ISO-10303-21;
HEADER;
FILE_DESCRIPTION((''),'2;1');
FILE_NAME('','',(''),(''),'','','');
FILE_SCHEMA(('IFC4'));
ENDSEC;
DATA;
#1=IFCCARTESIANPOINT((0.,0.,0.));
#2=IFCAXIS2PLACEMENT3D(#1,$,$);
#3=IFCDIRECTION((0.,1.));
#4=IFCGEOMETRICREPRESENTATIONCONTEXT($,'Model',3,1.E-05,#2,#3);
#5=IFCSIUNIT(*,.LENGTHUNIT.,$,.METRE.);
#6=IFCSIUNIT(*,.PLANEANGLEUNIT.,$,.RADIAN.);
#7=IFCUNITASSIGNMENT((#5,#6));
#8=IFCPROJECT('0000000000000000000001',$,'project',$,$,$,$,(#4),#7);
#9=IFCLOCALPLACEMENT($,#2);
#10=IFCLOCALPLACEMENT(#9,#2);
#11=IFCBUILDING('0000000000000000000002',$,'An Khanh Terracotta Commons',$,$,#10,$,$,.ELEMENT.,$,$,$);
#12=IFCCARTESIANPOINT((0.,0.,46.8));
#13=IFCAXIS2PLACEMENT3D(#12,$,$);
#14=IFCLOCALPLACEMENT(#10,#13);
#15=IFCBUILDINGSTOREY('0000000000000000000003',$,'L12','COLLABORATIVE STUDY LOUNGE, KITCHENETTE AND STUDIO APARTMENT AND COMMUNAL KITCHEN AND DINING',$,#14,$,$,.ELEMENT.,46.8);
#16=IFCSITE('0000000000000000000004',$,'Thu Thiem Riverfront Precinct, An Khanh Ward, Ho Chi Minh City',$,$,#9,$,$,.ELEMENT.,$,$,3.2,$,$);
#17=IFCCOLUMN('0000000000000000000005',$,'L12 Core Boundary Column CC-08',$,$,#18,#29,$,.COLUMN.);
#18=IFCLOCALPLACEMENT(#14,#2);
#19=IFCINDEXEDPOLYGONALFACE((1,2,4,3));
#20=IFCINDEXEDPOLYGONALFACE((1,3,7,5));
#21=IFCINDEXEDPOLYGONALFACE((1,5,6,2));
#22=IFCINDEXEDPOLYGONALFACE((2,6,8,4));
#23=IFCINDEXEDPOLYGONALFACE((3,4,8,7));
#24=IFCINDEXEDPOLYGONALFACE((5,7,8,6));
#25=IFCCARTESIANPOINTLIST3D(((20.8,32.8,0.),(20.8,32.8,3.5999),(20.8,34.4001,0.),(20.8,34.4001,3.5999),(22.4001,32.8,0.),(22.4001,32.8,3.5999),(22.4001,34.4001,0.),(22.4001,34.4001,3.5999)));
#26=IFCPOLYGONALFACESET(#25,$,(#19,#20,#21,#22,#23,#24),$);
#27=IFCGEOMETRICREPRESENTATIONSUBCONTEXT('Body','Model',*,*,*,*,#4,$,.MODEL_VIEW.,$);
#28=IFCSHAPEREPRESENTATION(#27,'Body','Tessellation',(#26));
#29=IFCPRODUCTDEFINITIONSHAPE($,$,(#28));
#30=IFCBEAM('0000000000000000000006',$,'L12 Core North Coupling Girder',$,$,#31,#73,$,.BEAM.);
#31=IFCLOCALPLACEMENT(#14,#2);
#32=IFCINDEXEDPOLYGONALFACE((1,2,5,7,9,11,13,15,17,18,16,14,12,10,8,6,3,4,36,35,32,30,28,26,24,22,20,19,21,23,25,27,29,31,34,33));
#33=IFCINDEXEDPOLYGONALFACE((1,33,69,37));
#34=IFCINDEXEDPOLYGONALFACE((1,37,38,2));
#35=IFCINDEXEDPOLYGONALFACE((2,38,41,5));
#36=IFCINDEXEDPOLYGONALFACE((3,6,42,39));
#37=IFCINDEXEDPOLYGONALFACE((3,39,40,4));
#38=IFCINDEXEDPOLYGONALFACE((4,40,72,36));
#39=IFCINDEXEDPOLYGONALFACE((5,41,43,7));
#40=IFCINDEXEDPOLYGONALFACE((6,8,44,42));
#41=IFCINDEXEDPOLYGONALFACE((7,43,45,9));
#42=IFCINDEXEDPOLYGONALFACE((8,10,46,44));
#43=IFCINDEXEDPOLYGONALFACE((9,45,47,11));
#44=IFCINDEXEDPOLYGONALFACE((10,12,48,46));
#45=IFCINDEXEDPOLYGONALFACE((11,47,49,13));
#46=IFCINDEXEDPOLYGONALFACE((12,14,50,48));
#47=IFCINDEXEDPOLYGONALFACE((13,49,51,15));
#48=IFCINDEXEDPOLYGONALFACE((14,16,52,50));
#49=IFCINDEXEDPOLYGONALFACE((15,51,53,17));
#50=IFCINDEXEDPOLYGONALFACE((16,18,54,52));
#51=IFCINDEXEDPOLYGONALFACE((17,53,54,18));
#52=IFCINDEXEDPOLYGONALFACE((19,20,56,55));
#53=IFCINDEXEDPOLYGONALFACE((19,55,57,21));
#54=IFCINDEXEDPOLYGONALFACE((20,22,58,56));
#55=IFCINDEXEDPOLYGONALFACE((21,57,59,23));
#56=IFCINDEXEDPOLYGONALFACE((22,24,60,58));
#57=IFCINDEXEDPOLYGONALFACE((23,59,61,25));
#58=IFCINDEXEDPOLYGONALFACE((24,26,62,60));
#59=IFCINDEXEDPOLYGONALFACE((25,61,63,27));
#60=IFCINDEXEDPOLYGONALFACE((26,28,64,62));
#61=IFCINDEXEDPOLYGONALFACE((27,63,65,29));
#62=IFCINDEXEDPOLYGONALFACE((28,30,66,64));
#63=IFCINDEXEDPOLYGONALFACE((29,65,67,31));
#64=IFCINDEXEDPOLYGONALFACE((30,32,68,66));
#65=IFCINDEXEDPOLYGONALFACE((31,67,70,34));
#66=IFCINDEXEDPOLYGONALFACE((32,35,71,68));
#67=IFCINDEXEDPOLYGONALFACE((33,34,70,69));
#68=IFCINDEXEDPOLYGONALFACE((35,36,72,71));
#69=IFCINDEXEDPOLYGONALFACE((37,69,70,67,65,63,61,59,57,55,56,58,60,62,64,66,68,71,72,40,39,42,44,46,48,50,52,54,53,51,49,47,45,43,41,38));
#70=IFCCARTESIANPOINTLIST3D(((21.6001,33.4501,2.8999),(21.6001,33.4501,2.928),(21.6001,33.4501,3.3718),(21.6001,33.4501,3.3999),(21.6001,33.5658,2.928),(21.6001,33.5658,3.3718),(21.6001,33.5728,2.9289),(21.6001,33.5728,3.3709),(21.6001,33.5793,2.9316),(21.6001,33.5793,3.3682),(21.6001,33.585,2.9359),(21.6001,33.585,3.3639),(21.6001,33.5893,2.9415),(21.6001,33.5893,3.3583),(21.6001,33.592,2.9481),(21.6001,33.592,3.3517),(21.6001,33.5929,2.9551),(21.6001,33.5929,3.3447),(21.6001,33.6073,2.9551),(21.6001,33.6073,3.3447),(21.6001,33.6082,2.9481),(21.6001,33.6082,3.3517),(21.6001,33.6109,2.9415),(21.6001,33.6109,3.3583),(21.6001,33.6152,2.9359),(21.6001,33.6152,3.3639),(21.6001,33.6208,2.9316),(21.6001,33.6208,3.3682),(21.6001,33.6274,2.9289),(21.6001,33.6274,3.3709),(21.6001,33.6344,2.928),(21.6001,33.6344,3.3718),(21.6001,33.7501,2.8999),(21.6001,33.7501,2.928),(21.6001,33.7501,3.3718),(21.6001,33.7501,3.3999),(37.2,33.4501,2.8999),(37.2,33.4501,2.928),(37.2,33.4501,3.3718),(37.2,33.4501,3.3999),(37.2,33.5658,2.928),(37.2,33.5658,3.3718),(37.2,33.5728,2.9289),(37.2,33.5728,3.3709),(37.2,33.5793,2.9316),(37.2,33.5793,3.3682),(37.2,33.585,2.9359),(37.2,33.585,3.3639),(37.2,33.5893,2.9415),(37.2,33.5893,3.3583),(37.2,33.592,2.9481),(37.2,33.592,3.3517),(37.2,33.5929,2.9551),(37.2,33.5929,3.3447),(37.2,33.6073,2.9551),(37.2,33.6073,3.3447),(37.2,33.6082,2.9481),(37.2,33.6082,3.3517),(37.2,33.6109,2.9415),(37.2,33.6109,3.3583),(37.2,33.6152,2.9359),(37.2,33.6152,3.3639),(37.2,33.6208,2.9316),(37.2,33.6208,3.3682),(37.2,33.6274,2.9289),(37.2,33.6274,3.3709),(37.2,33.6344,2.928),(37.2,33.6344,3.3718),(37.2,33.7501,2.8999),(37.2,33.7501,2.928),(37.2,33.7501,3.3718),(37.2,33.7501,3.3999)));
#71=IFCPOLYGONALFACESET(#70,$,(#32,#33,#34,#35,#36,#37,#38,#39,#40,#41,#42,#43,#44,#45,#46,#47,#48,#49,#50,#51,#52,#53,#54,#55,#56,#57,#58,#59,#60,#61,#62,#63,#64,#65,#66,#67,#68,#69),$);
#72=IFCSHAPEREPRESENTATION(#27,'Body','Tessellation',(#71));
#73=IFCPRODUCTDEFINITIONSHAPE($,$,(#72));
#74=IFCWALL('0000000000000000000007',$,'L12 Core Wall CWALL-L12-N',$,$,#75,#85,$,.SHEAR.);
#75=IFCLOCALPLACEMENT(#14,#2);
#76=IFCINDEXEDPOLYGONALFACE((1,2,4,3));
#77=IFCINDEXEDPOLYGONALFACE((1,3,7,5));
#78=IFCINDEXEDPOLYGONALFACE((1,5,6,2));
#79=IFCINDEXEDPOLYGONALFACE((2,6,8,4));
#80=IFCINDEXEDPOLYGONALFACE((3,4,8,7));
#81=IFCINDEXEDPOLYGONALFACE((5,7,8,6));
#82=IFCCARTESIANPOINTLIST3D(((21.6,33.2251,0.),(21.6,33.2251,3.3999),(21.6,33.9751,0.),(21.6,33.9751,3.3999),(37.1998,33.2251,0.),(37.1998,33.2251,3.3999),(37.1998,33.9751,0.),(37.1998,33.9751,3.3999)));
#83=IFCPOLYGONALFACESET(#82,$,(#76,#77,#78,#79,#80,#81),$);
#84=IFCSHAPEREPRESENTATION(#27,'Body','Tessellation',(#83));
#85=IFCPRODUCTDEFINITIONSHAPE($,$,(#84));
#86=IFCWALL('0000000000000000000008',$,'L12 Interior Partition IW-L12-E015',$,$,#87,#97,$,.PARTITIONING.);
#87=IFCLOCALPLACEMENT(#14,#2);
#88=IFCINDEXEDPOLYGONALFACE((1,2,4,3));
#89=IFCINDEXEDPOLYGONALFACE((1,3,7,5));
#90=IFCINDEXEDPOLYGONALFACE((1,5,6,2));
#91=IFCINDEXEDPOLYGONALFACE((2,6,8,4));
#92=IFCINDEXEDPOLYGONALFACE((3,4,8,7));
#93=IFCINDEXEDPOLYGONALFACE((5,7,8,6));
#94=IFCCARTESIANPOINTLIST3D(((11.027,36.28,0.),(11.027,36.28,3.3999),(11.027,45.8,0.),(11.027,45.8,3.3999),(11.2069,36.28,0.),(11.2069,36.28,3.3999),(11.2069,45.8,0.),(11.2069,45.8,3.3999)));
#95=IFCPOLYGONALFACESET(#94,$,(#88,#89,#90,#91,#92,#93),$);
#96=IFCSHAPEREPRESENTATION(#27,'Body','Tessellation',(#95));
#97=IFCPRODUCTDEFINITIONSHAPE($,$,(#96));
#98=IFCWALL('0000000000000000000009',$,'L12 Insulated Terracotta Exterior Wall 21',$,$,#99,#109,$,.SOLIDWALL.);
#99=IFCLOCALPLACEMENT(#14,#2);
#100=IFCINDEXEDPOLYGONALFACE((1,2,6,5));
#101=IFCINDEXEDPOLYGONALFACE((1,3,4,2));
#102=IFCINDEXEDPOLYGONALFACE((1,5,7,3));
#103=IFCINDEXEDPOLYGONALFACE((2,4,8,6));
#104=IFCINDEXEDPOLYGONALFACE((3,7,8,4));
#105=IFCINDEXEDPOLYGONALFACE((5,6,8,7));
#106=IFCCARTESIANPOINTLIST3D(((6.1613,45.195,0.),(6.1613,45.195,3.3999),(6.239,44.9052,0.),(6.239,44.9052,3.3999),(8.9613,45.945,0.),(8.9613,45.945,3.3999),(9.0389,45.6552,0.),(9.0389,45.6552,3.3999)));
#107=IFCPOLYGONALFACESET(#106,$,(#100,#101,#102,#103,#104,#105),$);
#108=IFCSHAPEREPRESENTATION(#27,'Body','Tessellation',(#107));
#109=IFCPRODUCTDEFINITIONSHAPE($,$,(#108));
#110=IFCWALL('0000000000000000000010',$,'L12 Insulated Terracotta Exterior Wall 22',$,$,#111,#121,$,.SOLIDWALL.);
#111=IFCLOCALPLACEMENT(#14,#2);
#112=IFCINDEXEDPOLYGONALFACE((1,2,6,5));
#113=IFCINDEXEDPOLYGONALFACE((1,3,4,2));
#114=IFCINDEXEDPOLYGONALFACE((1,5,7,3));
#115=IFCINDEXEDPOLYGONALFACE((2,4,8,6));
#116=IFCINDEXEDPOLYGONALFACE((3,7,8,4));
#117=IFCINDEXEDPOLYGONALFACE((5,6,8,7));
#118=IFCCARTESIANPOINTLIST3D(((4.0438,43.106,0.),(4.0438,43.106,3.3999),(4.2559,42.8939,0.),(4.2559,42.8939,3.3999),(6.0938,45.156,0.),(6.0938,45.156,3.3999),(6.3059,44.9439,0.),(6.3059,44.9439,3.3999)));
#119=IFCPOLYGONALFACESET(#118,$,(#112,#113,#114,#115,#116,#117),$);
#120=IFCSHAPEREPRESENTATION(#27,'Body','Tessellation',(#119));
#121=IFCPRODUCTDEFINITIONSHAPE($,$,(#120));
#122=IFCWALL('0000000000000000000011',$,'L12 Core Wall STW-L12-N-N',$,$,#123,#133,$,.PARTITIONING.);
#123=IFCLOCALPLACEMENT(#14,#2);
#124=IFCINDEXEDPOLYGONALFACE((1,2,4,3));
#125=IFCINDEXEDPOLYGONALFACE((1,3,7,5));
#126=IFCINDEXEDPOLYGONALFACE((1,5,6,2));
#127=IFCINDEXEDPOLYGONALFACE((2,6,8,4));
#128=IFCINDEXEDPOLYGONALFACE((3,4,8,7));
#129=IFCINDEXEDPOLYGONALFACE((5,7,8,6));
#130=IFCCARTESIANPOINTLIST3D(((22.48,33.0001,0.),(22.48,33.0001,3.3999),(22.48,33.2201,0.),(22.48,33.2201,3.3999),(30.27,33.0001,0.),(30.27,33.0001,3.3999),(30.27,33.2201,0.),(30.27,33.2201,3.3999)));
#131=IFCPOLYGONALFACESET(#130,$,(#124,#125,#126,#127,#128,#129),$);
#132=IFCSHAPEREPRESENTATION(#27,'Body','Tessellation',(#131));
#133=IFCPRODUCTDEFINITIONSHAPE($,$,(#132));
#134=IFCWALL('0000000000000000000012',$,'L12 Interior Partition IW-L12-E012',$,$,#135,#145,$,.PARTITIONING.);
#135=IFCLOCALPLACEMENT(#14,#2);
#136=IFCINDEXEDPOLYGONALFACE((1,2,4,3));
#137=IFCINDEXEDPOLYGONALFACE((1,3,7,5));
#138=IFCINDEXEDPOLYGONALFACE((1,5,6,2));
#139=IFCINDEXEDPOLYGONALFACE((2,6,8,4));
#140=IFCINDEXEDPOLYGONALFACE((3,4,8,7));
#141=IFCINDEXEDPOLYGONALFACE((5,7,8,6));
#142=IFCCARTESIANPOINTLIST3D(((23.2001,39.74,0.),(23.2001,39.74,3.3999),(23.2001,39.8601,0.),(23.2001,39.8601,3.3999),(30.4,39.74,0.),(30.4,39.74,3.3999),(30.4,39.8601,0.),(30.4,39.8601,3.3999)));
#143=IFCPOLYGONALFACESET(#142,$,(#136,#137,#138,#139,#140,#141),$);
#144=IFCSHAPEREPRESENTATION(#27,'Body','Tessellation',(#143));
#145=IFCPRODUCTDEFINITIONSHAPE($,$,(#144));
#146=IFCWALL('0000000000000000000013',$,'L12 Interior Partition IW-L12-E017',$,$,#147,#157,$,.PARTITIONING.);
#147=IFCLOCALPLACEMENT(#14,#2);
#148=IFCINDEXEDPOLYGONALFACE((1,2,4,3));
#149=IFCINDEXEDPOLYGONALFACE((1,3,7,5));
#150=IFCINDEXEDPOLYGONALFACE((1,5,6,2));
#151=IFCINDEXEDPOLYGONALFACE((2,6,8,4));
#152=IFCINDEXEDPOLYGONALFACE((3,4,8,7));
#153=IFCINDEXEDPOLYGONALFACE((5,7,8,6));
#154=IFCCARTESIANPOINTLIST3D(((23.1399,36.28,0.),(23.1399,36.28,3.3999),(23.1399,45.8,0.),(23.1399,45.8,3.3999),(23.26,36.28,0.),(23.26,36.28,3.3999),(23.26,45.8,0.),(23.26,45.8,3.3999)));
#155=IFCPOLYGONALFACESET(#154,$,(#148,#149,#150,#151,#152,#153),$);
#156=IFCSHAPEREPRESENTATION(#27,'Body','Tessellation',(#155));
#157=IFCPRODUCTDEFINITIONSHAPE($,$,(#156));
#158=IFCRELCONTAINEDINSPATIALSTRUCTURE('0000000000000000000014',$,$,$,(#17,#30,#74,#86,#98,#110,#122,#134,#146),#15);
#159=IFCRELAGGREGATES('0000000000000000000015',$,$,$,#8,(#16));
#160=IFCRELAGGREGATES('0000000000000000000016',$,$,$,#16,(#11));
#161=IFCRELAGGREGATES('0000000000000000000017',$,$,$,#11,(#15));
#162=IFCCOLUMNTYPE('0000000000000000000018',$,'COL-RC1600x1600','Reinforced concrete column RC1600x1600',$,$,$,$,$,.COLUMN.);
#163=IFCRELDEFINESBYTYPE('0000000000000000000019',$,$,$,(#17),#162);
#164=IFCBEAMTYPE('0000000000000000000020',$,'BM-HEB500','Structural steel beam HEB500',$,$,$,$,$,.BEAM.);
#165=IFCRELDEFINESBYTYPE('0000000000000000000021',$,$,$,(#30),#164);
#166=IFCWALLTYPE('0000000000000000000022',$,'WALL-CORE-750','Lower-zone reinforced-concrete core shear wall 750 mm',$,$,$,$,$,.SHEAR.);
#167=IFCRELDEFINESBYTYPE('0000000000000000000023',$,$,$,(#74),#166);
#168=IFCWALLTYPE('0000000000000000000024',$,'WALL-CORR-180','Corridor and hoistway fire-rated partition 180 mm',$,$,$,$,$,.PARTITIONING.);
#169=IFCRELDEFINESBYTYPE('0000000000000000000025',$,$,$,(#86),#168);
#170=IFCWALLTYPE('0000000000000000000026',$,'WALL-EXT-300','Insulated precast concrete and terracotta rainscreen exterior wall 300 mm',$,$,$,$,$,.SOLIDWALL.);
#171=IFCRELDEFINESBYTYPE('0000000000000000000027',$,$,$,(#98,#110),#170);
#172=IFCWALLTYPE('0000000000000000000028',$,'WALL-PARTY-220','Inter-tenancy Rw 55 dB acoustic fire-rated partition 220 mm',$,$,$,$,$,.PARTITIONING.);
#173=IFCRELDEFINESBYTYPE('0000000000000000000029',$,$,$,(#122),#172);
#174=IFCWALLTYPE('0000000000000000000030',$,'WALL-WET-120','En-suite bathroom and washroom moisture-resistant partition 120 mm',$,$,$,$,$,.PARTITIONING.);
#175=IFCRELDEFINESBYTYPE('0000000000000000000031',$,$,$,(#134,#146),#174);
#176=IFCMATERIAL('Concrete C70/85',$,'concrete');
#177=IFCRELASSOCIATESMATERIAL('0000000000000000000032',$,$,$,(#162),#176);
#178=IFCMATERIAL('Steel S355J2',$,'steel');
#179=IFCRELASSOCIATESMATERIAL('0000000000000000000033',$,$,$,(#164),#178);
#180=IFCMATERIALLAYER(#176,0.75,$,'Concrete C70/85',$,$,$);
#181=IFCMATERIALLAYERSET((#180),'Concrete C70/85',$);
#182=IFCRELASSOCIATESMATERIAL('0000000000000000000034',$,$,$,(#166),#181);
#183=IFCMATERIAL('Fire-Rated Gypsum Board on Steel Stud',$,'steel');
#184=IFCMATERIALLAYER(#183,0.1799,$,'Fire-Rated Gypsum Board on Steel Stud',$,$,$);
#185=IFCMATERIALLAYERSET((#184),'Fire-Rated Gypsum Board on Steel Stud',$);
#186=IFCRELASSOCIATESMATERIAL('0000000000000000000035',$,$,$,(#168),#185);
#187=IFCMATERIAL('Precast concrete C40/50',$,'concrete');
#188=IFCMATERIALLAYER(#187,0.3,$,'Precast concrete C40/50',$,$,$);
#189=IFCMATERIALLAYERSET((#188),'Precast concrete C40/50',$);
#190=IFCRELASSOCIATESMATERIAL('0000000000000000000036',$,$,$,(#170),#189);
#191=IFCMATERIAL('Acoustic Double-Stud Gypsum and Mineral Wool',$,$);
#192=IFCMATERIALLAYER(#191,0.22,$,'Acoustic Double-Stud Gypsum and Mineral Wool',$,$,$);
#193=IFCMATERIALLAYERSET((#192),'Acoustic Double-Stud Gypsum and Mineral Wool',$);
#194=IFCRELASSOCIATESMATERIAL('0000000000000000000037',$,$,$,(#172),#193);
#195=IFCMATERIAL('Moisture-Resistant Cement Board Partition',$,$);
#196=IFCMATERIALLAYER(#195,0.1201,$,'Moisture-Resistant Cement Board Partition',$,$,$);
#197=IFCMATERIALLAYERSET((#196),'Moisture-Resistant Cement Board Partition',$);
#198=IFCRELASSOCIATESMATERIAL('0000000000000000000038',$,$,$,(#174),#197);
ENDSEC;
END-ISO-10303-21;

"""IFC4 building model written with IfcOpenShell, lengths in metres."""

from ifc_helpers import new_model, si_unit, direction, frame, frame_2d, origin, origin_2d, place, context, subcontext, project, spatial, rectangle, i_section, extrude, material, layer, layer_set, material_profile, profile_set, type_object, element, save


model = new_model("IFC4")

# Units and contexts
model_context = context("Model", 3, precision=1e-05, world=origin(), true_north=direction((0.0, 1.0)))
body_context = subcontext(model_context, "Body", "Model", "MODEL_VIEW")
ifc_project = project(units=[si_unit("LENGTHUNIT", "METRE"), si_unit("PLANEANGLEUNIT", "RADIAN")], contexts=[model_context])

# Site, building, storey
site_placement = place(None, origin())
site = spatial("IfcSite", under=ifc_project, at=site_placement, Name="Thu Thiem Riverfront Precinct, An Khanh Ward, Ho Chi Minh City", CompositionType="ELEMENT", RefElevation=3.2)
building_placement = place(site_placement, origin())
building = spatial("IfcBuilding", under=site, at=building_placement, Name="An Khanh Terracotta Commons", CompositionType="ELEMENT")
storey_placement = place(building_placement, frame((0.0, 0.0, 46.8)))
storey = spatial("IfcBuildingStorey", under=building, at=storey_placement, Name="L12", Description="COLLABORATIVE STUDY LOUNGE, KITCHENETTE AND STUDIO APARTMENT AND COMMUNAL KITCHEN AND DINING", CompositionType="ELEMENT", Elevation=46.8)

# Column
ifc_material_1 = material(Name="Concrete C70/85", Category="concrete")
ifc_material_profile_1 = material_profile(ifc_material_1, rectangle(XDim=1.6001, YDim=1.6001, at=origin_2d()), Name="RC1600x1600")
ifc_profile_set_1 = profile_set([ifc_material_profile_1], Name="Concrete C70/85")
column_type = type_object("IfcColumnType", Name="COL-RC1600x1600", Description="Reinforced concrete column RC1600x1600", PredefinedType="COLUMN", material=ifc_profile_set_1)
column_placement = place(storey_placement, frame((21.6001, 33.6001, 0.0), z_axis=(0.0, 0.0, 1.0), x_axis=(1.0, 0.0, 0.0)))
element("IfcColumn", 1, at=column_placement, inside=storey, type_object=column_type, Name="L12 Core Boundary Column CC-08", PredefinedType="COLUMN", context=body_context, shape_type="SweptSolid", body=[
    extrude(rectangle(XDim=1.6001, YDim=1.6001, at=origin_2d()), origin(), (0.0, 0.0, 1.0), 3.5999),
])

# Beam
ifc_material_2 = material(Name="Steel S355J2", Category="steel")
ifc_material_profile_2 = material_profile(ifc_material_2, i_section(OverallWidth=0.3, OverallDepth=0.5, WebThickness=0.0144, FlangeThickness=0.0281, FilletRadius=0.0271, at=origin_2d()), Name="HEB500")
ifc_profile_set_2 = profile_set([ifc_material_profile_2], Name="Steel S355J2")
beam_type = type_object("IfcBeamType", Name="BM-HEB500", Description="Structural steel beam HEB500", PredefinedType="BEAM", material=ifc_profile_set_2)
beam_placement = place(storey_placement, frame((21.6001, 33.6001, 3.1499), z_axis=(1.0, 0.0, 0.0), x_axis=(0.0, 1.0, 0.0)))
element("IfcBeam", 2, at=beam_placement, inside=storey, type_object=beam_type, Name="L12 Core North Coupling Girder", PredefinedType="BEAM", context=body_context, shape_type="SweptSolid", body=[
    extrude(i_section(OverallWidth=0.3, OverallDepth=0.5, WebThickness=0.0144, FlangeThickness=0.0281, FilletRadius=0.0271, at=origin_2d()), origin(), (0.0, 0.0, 1.0), 15.5999),
])

# Walls
ifc_layer_1 = layer(ifc_material_1, 0.75, Name="Concrete C70/85")
ifc_layer_set_1 = layer_set([ifc_layer_1], Name="Concrete C70/85")
wall_type_1 = type_object("IfcWallType", Name="WALL-CORE-750", Description="Lower-zone reinforced-concrete core shear wall 750 mm", PredefinedType="SHEAR", material=ifc_layer_set_1)
wall_1_placement = place(storey_placement, frame((21.6001, 33.6001, 0.0), z_axis=(0.0, 0.0, 1.0), x_axis=(1.0, 0.0, 0.0)))
element("IfcWall", 3, at=wall_1_placement, inside=storey, type_object=wall_type_1, Name="L12 Core Wall CWALL-L12-N", PredefinedType="SHEAR", context=body_context, shape_type="SweptSolid", body=[
    extrude(rectangle(XDim=15.5999, YDim=0.75, at=frame_2d((7.7998, 0.0))), origin(), (0.0, 0.0, 1.0), 3.3999),
])
ifc_material_3 = material(Name="Fire-Rated Gypsum Board on Steel Stud", Category="steel")
ifc_layer_2 = layer(ifc_material_3, 0.1799, Name="Fire-Rated Gypsum Board on Steel Stud")
ifc_layer_set_2 = layer_set([ifc_layer_2], Name="Fire-Rated Gypsum Board on Steel Stud")
wall_type_2 = type_object("IfcWallType", Name="WALL-CORR-180", Description="Corridor and hoistway fire-rated partition 180 mm", PredefinedType="PARTITIONING", material=ifc_layer_set_2)
wall_2_placement = place(storey_placement, frame((11.1169, 36.28, 0.0), z_axis=(0.0, 0.0, 1.0), x_axis=(0.0, 1.0, 0.0)))
element("IfcWall", 4, at=wall_2_placement, inside=storey, type_object=wall_type_2, Name="L12 Interior Partition IW-L12-E015", PredefinedType="PARTITIONING", context=body_context, shape_type="SweptSolid", body=[
    extrude(rectangle(XDim=9.52, YDim=0.1799, at=frame_2d((4.76, 0.0))), origin(), (0.0, 0.0, 1.0), 3.3999),
])
ifc_material_4 = material(Name="Precast concrete C40/50", Category="concrete")
ifc_layer_3 = layer(ifc_material_4, 0.3, Name="Precast concrete C40/50")
ifc_layer_set_3 = layer_set([ifc_layer_3], Name="Precast concrete C40/50")
wall_type_3 = type_object("IfcWallType", Name="WALL-EXT-300", Description="Insulated precast concrete and terracotta rainscreen exterior wall 300 mm", PredefinedType="SOLIDWALL", material=ifc_layer_set_3)
wall_3_placement = place(storey_placement, frame((9.0, 45.8, 0.0), z_axis=(0.0, 0.0, 1.0), x_axis=(-0.965949, -0.258732, 0.0)))
element("IfcWall", 5, at=wall_3_placement, inside=storey, type_object=wall_type_3, Name="L12 Insulated Terracotta Exterior Wall 21", PredefinedType="SOLIDWALL", context=body_context, shape_type="SweptSolid", body=[
    extrude(rectangle(XDim=2.8987, YDim=0.3, at=frame_2d((1.4492, 0.0))), origin(), (0.0, 0.0, 1.0), 3.3999),
])
wall_4_placement = place(storey_placement, frame((6.2, 45.05, 0.0), z_axis=(0.0, 0.0, 1.0), x_axis=(-0.707107, -0.707107, 0.0)))
element("IfcWall", 6, at=wall_4_placement, inside=storey, type_object=wall_type_3, Name="L12 Insulated Terracotta Exterior Wall 22", PredefinedType="SOLIDWALL", context=body_context, shape_type="SweptSolid", body=[
    extrude(rectangle(XDim=2.8992, YDim=0.3, at=frame_2d((1.4497, 0.0))), origin(), (0.0, 0.0, 1.0), 3.3999),
])
ifc_material_5 = material(Name="Acoustic Double-Stud Gypsum and Mineral Wool")
ifc_layer_4 = layer(ifc_material_5, 0.22, Name="Acoustic Double-Stud Gypsum and Mineral Wool")
ifc_layer_set_4 = layer_set([ifc_layer_4], Name="Acoustic Double-Stud Gypsum and Mineral Wool")
wall_type_4 = type_object("IfcWallType", Name="WALL-PARTY-220", Description="Inter-tenancy Rw 55 dB acoustic fire-rated partition 220 mm", PredefinedType="PARTITIONING", material=ifc_layer_set_4)
wall_5_placement = place(storey_placement, frame((22.48, 33.1101, 0.0), z_axis=(0.0, 0.0, 1.0), x_axis=(1.0, 0.0, 0.0)))
element("IfcWall", 7, at=wall_5_placement, inside=storey, type_object=wall_type_4, Name="L12 Core Wall STW-L12-N-N", PredefinedType="PARTITIONING", context=body_context, shape_type="SweptSolid", body=[
    extrude(rectangle(XDim=7.79, YDim=0.22, at=frame_2d((3.895, 0.0))), origin(), (0.0, 0.0, 1.0), 3.3999),
])
ifc_material_6 = material(Name="Moisture-Resistant Cement Board Partition")
ifc_layer_5 = layer(ifc_material_6, 0.1201, Name="Moisture-Resistant Cement Board Partition")
ifc_layer_set_5 = layer_set([ifc_layer_5], Name="Moisture-Resistant Cement Board Partition")
wall_type_5 = type_object("IfcWallType", Name="WALL-WET-120", Description="En-suite bathroom and washroom moisture-resistant partition 120 mm", PredefinedType="PARTITIONING", material=ifc_layer_set_5)
wall_6_placement = place(storey_placement, frame((23.2, 39.8, 0.0), z_axis=(0.0, 0.0, 1.0), x_axis=(1.0, 0.0, 0.0)))
element("IfcWall", 8, at=wall_6_placement, inside=storey, type_object=wall_type_5, Name="L12 Interior Partition IW-L12-E012", PredefinedType="PARTITIONING", context=body_context, shape_type="SweptSolid", body=[
    extrude(rectangle(XDim=7.2, YDim=0.1201, at=frame_2d((3.6001, 0.0))), origin(), (0.0, 0.0, 1.0), 3.3999),
])
wall_7_placement = place(storey_placement, frame((23.2, 36.28, 0.0), z_axis=(0.0, 0.0, 1.0), x_axis=(0.0, 1.0, 0.0)))
element("IfcWall", 9, at=wall_7_placement, inside=storey, type_object=wall_type_5, Name="L12 Interior Partition IW-L12-E017", PredefinedType="PARTITIONING", context=body_context, shape_type="SweptSolid", body=[
    extrude(rectangle(XDim=9.52, YDim=0.1201, at=frame_2d((4.76, 0.0))), origin(), (0.0, 0.0, 1.0), 3.3999),
])

save(model, "model.ifc")
